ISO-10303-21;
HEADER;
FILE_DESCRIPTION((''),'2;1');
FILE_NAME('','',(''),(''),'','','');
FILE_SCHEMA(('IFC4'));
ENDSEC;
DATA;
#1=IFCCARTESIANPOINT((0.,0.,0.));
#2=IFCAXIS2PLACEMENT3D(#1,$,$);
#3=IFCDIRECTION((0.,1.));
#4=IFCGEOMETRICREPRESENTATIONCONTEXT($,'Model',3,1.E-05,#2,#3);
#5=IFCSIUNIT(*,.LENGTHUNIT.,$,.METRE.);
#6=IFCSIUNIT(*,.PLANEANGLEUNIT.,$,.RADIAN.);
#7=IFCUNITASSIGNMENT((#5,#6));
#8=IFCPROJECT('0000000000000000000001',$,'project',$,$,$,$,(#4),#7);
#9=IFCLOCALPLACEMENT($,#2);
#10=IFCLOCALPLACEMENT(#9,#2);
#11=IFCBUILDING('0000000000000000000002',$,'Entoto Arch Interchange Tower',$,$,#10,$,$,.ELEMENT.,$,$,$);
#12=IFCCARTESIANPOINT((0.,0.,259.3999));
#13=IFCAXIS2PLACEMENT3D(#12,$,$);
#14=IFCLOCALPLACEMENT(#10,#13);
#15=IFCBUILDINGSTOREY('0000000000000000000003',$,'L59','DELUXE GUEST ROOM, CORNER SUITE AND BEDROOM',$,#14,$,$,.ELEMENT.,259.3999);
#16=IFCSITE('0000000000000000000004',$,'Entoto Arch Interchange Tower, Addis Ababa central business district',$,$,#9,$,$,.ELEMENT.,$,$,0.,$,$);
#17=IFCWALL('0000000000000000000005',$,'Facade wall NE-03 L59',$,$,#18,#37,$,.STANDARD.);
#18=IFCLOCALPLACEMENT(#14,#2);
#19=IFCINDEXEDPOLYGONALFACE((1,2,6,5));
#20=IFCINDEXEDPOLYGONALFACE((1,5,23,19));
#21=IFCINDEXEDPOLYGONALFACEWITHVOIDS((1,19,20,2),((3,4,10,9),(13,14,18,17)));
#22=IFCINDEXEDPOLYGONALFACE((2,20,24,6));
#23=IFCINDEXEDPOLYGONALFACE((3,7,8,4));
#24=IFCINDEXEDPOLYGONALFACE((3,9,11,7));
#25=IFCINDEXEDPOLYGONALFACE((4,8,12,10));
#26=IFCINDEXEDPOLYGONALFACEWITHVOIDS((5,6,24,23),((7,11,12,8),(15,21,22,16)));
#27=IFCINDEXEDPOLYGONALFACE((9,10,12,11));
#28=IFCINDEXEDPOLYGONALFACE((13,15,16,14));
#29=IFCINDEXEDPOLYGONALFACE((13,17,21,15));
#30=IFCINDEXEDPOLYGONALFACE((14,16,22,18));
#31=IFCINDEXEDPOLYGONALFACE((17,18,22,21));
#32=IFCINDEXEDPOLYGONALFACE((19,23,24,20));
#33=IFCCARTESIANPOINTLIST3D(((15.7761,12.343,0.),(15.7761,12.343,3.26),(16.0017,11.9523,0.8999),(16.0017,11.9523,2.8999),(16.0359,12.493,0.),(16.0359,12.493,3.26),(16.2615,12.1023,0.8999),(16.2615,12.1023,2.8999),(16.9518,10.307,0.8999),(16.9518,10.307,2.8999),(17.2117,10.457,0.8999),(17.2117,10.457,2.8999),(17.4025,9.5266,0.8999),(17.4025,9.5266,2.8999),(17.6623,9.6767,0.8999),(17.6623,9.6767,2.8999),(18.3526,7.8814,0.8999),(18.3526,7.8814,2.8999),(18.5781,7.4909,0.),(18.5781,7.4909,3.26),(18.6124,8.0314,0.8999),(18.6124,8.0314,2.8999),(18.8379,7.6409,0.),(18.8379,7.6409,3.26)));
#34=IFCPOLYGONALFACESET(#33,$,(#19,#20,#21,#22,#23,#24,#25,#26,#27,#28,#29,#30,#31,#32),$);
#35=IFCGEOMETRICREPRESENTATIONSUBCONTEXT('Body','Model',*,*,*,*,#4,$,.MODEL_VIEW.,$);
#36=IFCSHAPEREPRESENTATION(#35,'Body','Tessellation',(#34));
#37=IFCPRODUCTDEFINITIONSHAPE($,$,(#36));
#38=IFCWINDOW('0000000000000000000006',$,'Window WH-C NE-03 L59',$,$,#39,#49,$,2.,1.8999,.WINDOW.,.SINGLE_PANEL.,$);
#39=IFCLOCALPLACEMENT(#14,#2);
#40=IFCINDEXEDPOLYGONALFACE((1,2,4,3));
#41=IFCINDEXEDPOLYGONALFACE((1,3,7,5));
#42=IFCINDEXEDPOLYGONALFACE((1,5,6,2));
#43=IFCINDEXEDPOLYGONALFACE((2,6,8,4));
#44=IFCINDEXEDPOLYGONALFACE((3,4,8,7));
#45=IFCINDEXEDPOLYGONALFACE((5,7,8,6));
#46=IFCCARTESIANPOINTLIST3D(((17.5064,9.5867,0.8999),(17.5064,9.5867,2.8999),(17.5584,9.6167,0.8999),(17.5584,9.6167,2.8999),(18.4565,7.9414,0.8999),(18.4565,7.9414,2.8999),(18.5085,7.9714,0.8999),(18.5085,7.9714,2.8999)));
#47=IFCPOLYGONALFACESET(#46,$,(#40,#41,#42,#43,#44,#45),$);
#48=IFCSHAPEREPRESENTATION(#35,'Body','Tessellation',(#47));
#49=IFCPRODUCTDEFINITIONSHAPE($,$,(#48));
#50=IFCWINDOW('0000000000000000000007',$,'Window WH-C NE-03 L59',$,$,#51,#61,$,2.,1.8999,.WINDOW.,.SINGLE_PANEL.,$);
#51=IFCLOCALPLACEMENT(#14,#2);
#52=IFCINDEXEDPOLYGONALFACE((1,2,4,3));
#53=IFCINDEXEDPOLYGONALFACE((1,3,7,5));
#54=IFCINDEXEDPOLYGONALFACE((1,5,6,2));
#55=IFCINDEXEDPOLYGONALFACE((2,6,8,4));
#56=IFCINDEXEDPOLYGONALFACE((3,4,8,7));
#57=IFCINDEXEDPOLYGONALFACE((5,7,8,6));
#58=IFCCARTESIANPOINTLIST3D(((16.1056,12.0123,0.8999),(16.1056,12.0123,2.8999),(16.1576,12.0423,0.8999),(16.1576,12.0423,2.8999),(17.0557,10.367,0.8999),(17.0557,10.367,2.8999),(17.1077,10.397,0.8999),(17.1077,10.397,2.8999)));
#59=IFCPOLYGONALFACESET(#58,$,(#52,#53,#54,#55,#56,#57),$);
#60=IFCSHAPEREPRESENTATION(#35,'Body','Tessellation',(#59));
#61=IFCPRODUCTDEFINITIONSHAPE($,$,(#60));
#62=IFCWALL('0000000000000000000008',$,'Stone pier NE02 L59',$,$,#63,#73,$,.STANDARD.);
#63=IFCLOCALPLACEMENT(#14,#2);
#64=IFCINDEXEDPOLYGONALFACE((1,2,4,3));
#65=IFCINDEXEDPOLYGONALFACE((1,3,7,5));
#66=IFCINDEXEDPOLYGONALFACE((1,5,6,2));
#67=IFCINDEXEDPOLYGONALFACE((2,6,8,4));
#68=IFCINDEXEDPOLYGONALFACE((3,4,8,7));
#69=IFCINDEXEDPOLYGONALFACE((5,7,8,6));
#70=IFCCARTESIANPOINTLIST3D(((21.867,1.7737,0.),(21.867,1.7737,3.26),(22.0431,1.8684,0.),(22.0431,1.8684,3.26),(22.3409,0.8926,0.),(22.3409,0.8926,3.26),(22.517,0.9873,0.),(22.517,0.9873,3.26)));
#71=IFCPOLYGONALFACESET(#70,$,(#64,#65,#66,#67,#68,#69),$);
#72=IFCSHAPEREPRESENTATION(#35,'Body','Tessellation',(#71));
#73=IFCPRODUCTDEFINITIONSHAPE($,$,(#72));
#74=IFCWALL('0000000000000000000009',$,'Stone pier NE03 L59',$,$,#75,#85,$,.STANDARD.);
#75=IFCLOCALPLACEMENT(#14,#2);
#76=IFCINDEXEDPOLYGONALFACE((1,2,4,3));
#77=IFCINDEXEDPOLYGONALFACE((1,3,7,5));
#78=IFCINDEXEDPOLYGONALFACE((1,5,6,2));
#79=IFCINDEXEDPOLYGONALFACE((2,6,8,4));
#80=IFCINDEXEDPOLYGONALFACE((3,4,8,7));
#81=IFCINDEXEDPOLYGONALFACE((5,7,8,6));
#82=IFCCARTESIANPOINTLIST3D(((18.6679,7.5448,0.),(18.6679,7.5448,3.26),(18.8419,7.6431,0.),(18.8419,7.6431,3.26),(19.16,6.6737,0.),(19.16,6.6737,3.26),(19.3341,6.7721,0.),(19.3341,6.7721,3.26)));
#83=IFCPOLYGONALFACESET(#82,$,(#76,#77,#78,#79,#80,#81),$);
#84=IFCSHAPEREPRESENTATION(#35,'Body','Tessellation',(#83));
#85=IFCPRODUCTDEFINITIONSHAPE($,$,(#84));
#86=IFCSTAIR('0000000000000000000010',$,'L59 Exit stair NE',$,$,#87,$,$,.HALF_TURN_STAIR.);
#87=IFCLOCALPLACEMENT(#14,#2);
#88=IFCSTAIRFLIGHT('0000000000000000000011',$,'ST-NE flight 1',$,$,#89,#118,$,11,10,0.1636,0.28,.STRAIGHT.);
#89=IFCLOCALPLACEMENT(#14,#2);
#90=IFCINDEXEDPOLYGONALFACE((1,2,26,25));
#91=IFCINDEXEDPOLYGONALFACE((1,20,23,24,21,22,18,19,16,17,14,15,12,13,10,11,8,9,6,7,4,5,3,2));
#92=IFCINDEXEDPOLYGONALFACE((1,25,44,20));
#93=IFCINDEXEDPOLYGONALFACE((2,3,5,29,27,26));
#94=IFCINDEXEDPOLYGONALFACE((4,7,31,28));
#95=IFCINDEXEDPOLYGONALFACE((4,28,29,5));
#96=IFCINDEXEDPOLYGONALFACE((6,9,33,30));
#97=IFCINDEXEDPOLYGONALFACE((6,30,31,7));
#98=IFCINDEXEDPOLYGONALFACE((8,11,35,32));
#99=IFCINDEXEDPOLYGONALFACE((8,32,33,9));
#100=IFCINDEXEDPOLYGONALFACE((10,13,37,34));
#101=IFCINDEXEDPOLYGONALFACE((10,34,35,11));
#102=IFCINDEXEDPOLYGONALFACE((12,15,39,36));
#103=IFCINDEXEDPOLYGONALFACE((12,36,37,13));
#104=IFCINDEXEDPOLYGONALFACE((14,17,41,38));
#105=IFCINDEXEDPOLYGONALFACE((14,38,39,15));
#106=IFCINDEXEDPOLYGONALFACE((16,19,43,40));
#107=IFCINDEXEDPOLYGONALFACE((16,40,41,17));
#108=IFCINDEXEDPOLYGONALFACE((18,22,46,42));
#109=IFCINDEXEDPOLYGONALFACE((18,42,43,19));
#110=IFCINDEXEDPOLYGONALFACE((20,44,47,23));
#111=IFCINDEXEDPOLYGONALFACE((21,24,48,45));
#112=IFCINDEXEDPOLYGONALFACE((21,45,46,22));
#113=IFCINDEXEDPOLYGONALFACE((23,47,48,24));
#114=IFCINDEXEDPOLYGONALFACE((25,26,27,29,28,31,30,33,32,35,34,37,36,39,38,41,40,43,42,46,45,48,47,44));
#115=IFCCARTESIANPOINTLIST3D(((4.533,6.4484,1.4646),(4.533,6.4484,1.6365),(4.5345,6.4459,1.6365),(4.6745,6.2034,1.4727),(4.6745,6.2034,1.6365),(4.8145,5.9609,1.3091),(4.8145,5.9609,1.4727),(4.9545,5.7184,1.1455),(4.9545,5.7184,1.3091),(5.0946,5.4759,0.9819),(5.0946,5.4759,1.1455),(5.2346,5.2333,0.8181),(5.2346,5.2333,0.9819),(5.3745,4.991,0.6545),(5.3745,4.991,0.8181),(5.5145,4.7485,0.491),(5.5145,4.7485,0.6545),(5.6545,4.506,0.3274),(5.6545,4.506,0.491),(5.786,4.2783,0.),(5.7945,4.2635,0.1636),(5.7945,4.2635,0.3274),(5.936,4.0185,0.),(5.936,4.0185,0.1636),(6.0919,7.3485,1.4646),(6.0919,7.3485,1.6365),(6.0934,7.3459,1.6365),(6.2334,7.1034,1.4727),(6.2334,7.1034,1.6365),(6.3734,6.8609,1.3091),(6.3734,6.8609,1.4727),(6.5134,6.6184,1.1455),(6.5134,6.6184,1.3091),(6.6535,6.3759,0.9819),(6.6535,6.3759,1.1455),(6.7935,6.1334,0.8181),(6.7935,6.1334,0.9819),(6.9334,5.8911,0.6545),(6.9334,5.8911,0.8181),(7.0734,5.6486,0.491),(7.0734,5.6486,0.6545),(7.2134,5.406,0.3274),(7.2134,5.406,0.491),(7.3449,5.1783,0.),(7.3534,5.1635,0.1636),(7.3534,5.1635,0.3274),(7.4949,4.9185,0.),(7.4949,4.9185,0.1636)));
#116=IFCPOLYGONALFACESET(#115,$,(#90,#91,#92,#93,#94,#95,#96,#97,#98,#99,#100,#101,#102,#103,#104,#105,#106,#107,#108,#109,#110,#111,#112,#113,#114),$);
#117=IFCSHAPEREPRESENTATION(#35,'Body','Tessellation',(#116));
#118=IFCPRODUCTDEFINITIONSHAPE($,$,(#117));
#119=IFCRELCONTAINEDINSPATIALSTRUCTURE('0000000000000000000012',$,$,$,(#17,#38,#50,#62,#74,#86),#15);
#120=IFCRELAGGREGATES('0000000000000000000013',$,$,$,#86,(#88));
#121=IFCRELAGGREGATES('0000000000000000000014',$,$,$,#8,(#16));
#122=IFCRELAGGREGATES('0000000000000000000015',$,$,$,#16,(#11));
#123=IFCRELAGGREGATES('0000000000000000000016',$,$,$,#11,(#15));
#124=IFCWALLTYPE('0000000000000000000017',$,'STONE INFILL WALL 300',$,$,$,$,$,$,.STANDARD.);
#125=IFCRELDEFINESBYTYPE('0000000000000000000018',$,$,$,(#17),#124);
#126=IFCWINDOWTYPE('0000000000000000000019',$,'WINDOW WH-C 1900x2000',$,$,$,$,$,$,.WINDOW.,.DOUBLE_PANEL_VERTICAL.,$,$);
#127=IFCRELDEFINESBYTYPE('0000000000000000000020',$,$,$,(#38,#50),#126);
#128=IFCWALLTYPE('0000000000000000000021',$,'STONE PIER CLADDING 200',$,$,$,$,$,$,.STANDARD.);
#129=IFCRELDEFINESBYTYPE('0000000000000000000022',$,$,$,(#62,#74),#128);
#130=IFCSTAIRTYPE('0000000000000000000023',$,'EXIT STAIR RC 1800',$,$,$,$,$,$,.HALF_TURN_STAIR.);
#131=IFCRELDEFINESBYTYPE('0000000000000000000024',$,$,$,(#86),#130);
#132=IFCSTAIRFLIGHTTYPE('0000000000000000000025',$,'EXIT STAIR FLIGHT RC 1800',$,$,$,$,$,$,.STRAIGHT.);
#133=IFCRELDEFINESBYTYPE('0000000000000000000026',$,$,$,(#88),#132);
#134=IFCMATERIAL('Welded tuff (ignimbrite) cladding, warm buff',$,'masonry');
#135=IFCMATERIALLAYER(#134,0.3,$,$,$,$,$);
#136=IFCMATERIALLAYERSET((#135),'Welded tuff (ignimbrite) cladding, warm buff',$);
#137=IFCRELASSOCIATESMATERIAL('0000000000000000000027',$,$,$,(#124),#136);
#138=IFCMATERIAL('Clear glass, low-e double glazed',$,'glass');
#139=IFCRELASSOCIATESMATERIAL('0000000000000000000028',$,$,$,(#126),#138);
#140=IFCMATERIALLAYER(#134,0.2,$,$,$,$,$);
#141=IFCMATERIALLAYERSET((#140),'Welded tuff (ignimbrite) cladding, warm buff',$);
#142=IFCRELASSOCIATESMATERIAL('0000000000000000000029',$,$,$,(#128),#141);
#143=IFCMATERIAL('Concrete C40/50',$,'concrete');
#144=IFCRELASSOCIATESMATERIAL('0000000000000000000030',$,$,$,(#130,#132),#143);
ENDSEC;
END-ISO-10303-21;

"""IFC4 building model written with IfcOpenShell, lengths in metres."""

from ifc_helpers import new_model, si_unit, direction, frame, frame_2d, origin, place, context, subcontext, project, spatial, polyline, rectangle, outline, extrude, material, layer, layer_set, type_object, element, fill, aggregate, save


model = new_model("IFC4")

# Units and contexts
model_context = context("Model", 3, precision=1e-05, world=origin(), true_north=direction((0.0, 1.0)))
body_context = subcontext(model_context, "Body", "Model", "MODEL_VIEW")
ifc_project = project(units=[si_unit("LENGTHUNIT", "METRE"), si_unit("PLANEANGLEUNIT", "RADIAN")], contexts=[model_context])

# Site, building, storey
site_placement = place(None, origin())
site = spatial("IfcSite", under=ifc_project, at=site_placement, Name="Entoto Arch Interchange Tower, Addis Ababa central business district", CompositionType="ELEMENT", RefElevation=0.0)
building_placement = place(site_placement, origin())
building = spatial("IfcBuilding", under=site, at=building_placement, Name="Entoto Arch Interchange Tower", CompositionType="ELEMENT")
storey_placement = place(building_placement, frame((0.0, 0.0, 259.3999)))
storey = spatial("IfcBuildingStorey", under=building, at=storey_placement, Name="L59", Description="DELUXE GUEST ROOM, CORNER SUITE AND BEDROOM", CompositionType="ELEMENT", Elevation=259.3999)

# Shared definitions
ifc_material_1 = material(Name="Concrete C40/50", Category="concrete")

# Wall, openings, windows
ifc_material_2 = material(Name="Welded tuff (ignimbrite) cladding, warm buff", Category="masonry")
ifc_layer_1 = layer(ifc_material_2, 0.3)
ifc_layer_set_1 = layer_set([ifc_layer_1], Name="Welded tuff (ignimbrite) cladding, warm buff")
wall_type_1 = type_object("IfcWallType", Name="STONE INFILL WALL 300", PredefinedType="STANDARD", material=ifc_layer_set_1)
ifc_material_3 = material(Name="Clear glass, low-e double glazed", Category="glass")
window_type = type_object("IfcWindowType", Name="WINDOW WH-C 1900x2000", PartitioningType="DOUBLE_PANEL_VERTICAL", PredefinedType="WINDOW", material=ifc_material_3)
wall_1_placement = place(storey_placement, frame((18.708, 7.5659, 0.0), z_axis=(0.0, 0.0, 1.0), x_axis=(-0.50009, 0.865974, 0.0)))
wall_1 = element("IfcWall", 1, at=wall_1_placement, inside=storey, type_object=wall_type_1, Name="Facade wall NE-03 L59", PredefinedType="STANDARD", context=body_context, shape_type="SweptSolid", body=[
    extrude(rectangle(XDim=5.603, YDim=0.3, at=frame_2d((2.8015, 0.0))), origin(), (0.0, 0.0, 1.0), 3.26),
])
opening_1_placement = place(wall_1_placement, frame((0.4509, 0.0, 0.8999)))
opening_1 = element("IfcOpeningElement", 2, at=opening_1_placement, cuts=wall_1, PredefinedType="OPENING", context=body_context, shape_type="SweptSolid", body=[
    extrude(rectangle(XDim=1.8999, YDim=2.0, at=frame_2d((0.95, 1.0))), frame((0.0, 0.1602, 0.0), z_axis=(0.0, -1.0, 0.0), x_axis=(1.0, 0.0, 0.0)), (0.0, 0.0, 1.0), 0.3201),
])
opening_2_placement = place(wall_1_placement, frame((3.252, 0.0, 0.8999)))
opening_2 = element("IfcOpeningElement", 3, at=opening_2_placement, cuts=wall_1, PredefinedType="OPENING", context=body_context, shape_type="SweptSolid", body=[
    extrude(rectangle(XDim=1.8999, YDim=2.0, at=frame_2d((0.95, 1.0))), frame((0.0, 0.1602, 0.0), z_axis=(0.0, -1.0, 0.0), x_axis=(1.0, 0.0, 0.0)), (0.0, 0.0, 1.0), 0.3201),
])
window_1_placement = place(opening_1_placement, origin())
window_1 = element("IfcWindow", 4, at=window_1_placement, inside=storey, type_object=window_type, Name="Window WH-C NE-03 L59", OverallHeight=2.0, OverallWidth=1.8999, PartitioningType="SINGLE_PANEL", PredefinedType="WINDOW", context=body_context, shape_type="SweptSolid", body=[
    extrude(rectangle(XDim=1.8999, YDim=2.0, at=frame_2d((0.95, 1.0))), frame((0.0, 0.03, 0.0), z_axis=(0.0, -1.0, 0.0), x_axis=(1.0, 0.0, 0.0)), (0.0, 0.0, 1.0), 0.0601),
])
fill(opening_1, window_1)
window_2_placement = place(opening_2_placement, origin())
window_2 = element("IfcWindow", 5, at=window_2_placement, inside=storey, type_object=window_type, Name="Window WH-C NE-03 L59", OverallHeight=2.0, OverallWidth=1.8999, PartitioningType="SINGLE_PANEL", PredefinedType="WINDOW", context=body_context, shape_type="SweptSolid", body=[
    extrude(rectangle(XDim=1.8999, YDim=2.0, at=frame_2d((0.95, 1.0))), frame((0.0, 0.03, 0.0), z_axis=(0.0, -1.0, 0.0), x_axis=(1.0, 0.0, 0.0)), (0.0, 0.0, 1.0), 0.0601),
])
fill(opening_2, window_2)

# Walls
ifc_layer_2 = layer(ifc_material_2, 0.2)
ifc_layer_set_2 = layer_set([ifc_layer_2], Name="Welded tuff (ignimbrite) cladding, warm buff")
wall_type_2 = type_object("IfcWallType", Name="STONE PIER CLADDING 200", PredefinedType="STANDARD", material=ifc_layer_set_2)
for number, where, z_axis, x_axis, name in (
    (6, (22.429, 0.9399, 0.0), (0.0, 0.0, 1.0), (-0.473663, 0.880706, 0.0), "Stone pier NE02 L59"),
    (7, (19.2471, 6.7229, 0.0), (0.0, 0.0, 1.0), (-0.491929, 0.870636, 0.0), "Stone pier NE03 L59"),
):
    element("IfcWall", number, at=place(storey_placement, frame(where, z_axis=z_axis, x_axis=x_axis)), inside=storey, type_object=wall_type_2, Name=name, PredefinedType="STANDARD", context=body_context, shape_type="SweptSolid", body=[
        extrude(rectangle(XDim=1.0005, YDim=0.2, at=frame_2d((0.5002, 0.0))), origin(), (0.0, 0.0, 1.0), 3.26),
    ])

# Stair, stair flight
stair_type = type_object("IfcStairType", Name="EXIT STAIR RC 1800", PredefinedType="HALF_TURN_STAIR", material=ifc_material_1)
stair_placement = place(storey_placement, origin())
stair = element("IfcStair", 8, at=stair_placement, inside=storey, type_object=stair_type, Name="L59 Exit stair NE", PredefinedType="HALF_TURN_STAIR")
stair_flight_type = type_object("IfcStairFlightType", Name="EXIT STAIR FLIGHT RC 1800", PredefinedType="STRAIGHT", material=ifc_material_1)
stair_flight_placement = place(storey_placement, frame((6.7139, 4.4709, 0.0), z_axis=(0.0, 0.0, 1.0), x_axis=(-0.5, 0.866025, 0.0)))
stair_flight = element("IfcStairFlight", 9, at=stair_flight_placement, type_object=stair_flight_type, Name="ST-NE flight 1", NumberOfRisers=11, NumberOfTreads=10, PredefinedType="STRAIGHT", RiserHeight=0.1636, TreadLength=0.28, context=body_context, shape_type="SweptSolid", body=[
    extrude(outline(polyline([(-0.0029, 0.0), (-0.0029, 0.1636), (0.28, 0.1636), (0.28, 0.3274), (0.5601, 0.3274), (0.5601, 0.491), (0.8401, 0.491), (0.8401, 0.6545), (1.1201, 0.6545), (1.1201, 0.8181), (1.3999, 0.8181), (1.3999, 0.9819), (1.6799, 0.9819), (1.6799, 1.1455), (1.96, 1.1455), (1.96, 1.3091), (2.24, 1.3091), (2.24, 1.4727), (2.52, 1.4727), (2.52, 1.6365), (2.8, 1.6365), (2.803, 1.6365), (2.803, 1.4646), (0.2971, 0.0), (-0.0029, 0.0)])), frame((0.0, 0.8999, 0.0), z_axis=(0.0, -1.0, 0.0), x_axis=(1.0, 0.0, 0.0)), (0.0, 0.0, 1.0), 1.8),
])
aggregate(stair, [stair_flight])

save(model, "model.ifc")
